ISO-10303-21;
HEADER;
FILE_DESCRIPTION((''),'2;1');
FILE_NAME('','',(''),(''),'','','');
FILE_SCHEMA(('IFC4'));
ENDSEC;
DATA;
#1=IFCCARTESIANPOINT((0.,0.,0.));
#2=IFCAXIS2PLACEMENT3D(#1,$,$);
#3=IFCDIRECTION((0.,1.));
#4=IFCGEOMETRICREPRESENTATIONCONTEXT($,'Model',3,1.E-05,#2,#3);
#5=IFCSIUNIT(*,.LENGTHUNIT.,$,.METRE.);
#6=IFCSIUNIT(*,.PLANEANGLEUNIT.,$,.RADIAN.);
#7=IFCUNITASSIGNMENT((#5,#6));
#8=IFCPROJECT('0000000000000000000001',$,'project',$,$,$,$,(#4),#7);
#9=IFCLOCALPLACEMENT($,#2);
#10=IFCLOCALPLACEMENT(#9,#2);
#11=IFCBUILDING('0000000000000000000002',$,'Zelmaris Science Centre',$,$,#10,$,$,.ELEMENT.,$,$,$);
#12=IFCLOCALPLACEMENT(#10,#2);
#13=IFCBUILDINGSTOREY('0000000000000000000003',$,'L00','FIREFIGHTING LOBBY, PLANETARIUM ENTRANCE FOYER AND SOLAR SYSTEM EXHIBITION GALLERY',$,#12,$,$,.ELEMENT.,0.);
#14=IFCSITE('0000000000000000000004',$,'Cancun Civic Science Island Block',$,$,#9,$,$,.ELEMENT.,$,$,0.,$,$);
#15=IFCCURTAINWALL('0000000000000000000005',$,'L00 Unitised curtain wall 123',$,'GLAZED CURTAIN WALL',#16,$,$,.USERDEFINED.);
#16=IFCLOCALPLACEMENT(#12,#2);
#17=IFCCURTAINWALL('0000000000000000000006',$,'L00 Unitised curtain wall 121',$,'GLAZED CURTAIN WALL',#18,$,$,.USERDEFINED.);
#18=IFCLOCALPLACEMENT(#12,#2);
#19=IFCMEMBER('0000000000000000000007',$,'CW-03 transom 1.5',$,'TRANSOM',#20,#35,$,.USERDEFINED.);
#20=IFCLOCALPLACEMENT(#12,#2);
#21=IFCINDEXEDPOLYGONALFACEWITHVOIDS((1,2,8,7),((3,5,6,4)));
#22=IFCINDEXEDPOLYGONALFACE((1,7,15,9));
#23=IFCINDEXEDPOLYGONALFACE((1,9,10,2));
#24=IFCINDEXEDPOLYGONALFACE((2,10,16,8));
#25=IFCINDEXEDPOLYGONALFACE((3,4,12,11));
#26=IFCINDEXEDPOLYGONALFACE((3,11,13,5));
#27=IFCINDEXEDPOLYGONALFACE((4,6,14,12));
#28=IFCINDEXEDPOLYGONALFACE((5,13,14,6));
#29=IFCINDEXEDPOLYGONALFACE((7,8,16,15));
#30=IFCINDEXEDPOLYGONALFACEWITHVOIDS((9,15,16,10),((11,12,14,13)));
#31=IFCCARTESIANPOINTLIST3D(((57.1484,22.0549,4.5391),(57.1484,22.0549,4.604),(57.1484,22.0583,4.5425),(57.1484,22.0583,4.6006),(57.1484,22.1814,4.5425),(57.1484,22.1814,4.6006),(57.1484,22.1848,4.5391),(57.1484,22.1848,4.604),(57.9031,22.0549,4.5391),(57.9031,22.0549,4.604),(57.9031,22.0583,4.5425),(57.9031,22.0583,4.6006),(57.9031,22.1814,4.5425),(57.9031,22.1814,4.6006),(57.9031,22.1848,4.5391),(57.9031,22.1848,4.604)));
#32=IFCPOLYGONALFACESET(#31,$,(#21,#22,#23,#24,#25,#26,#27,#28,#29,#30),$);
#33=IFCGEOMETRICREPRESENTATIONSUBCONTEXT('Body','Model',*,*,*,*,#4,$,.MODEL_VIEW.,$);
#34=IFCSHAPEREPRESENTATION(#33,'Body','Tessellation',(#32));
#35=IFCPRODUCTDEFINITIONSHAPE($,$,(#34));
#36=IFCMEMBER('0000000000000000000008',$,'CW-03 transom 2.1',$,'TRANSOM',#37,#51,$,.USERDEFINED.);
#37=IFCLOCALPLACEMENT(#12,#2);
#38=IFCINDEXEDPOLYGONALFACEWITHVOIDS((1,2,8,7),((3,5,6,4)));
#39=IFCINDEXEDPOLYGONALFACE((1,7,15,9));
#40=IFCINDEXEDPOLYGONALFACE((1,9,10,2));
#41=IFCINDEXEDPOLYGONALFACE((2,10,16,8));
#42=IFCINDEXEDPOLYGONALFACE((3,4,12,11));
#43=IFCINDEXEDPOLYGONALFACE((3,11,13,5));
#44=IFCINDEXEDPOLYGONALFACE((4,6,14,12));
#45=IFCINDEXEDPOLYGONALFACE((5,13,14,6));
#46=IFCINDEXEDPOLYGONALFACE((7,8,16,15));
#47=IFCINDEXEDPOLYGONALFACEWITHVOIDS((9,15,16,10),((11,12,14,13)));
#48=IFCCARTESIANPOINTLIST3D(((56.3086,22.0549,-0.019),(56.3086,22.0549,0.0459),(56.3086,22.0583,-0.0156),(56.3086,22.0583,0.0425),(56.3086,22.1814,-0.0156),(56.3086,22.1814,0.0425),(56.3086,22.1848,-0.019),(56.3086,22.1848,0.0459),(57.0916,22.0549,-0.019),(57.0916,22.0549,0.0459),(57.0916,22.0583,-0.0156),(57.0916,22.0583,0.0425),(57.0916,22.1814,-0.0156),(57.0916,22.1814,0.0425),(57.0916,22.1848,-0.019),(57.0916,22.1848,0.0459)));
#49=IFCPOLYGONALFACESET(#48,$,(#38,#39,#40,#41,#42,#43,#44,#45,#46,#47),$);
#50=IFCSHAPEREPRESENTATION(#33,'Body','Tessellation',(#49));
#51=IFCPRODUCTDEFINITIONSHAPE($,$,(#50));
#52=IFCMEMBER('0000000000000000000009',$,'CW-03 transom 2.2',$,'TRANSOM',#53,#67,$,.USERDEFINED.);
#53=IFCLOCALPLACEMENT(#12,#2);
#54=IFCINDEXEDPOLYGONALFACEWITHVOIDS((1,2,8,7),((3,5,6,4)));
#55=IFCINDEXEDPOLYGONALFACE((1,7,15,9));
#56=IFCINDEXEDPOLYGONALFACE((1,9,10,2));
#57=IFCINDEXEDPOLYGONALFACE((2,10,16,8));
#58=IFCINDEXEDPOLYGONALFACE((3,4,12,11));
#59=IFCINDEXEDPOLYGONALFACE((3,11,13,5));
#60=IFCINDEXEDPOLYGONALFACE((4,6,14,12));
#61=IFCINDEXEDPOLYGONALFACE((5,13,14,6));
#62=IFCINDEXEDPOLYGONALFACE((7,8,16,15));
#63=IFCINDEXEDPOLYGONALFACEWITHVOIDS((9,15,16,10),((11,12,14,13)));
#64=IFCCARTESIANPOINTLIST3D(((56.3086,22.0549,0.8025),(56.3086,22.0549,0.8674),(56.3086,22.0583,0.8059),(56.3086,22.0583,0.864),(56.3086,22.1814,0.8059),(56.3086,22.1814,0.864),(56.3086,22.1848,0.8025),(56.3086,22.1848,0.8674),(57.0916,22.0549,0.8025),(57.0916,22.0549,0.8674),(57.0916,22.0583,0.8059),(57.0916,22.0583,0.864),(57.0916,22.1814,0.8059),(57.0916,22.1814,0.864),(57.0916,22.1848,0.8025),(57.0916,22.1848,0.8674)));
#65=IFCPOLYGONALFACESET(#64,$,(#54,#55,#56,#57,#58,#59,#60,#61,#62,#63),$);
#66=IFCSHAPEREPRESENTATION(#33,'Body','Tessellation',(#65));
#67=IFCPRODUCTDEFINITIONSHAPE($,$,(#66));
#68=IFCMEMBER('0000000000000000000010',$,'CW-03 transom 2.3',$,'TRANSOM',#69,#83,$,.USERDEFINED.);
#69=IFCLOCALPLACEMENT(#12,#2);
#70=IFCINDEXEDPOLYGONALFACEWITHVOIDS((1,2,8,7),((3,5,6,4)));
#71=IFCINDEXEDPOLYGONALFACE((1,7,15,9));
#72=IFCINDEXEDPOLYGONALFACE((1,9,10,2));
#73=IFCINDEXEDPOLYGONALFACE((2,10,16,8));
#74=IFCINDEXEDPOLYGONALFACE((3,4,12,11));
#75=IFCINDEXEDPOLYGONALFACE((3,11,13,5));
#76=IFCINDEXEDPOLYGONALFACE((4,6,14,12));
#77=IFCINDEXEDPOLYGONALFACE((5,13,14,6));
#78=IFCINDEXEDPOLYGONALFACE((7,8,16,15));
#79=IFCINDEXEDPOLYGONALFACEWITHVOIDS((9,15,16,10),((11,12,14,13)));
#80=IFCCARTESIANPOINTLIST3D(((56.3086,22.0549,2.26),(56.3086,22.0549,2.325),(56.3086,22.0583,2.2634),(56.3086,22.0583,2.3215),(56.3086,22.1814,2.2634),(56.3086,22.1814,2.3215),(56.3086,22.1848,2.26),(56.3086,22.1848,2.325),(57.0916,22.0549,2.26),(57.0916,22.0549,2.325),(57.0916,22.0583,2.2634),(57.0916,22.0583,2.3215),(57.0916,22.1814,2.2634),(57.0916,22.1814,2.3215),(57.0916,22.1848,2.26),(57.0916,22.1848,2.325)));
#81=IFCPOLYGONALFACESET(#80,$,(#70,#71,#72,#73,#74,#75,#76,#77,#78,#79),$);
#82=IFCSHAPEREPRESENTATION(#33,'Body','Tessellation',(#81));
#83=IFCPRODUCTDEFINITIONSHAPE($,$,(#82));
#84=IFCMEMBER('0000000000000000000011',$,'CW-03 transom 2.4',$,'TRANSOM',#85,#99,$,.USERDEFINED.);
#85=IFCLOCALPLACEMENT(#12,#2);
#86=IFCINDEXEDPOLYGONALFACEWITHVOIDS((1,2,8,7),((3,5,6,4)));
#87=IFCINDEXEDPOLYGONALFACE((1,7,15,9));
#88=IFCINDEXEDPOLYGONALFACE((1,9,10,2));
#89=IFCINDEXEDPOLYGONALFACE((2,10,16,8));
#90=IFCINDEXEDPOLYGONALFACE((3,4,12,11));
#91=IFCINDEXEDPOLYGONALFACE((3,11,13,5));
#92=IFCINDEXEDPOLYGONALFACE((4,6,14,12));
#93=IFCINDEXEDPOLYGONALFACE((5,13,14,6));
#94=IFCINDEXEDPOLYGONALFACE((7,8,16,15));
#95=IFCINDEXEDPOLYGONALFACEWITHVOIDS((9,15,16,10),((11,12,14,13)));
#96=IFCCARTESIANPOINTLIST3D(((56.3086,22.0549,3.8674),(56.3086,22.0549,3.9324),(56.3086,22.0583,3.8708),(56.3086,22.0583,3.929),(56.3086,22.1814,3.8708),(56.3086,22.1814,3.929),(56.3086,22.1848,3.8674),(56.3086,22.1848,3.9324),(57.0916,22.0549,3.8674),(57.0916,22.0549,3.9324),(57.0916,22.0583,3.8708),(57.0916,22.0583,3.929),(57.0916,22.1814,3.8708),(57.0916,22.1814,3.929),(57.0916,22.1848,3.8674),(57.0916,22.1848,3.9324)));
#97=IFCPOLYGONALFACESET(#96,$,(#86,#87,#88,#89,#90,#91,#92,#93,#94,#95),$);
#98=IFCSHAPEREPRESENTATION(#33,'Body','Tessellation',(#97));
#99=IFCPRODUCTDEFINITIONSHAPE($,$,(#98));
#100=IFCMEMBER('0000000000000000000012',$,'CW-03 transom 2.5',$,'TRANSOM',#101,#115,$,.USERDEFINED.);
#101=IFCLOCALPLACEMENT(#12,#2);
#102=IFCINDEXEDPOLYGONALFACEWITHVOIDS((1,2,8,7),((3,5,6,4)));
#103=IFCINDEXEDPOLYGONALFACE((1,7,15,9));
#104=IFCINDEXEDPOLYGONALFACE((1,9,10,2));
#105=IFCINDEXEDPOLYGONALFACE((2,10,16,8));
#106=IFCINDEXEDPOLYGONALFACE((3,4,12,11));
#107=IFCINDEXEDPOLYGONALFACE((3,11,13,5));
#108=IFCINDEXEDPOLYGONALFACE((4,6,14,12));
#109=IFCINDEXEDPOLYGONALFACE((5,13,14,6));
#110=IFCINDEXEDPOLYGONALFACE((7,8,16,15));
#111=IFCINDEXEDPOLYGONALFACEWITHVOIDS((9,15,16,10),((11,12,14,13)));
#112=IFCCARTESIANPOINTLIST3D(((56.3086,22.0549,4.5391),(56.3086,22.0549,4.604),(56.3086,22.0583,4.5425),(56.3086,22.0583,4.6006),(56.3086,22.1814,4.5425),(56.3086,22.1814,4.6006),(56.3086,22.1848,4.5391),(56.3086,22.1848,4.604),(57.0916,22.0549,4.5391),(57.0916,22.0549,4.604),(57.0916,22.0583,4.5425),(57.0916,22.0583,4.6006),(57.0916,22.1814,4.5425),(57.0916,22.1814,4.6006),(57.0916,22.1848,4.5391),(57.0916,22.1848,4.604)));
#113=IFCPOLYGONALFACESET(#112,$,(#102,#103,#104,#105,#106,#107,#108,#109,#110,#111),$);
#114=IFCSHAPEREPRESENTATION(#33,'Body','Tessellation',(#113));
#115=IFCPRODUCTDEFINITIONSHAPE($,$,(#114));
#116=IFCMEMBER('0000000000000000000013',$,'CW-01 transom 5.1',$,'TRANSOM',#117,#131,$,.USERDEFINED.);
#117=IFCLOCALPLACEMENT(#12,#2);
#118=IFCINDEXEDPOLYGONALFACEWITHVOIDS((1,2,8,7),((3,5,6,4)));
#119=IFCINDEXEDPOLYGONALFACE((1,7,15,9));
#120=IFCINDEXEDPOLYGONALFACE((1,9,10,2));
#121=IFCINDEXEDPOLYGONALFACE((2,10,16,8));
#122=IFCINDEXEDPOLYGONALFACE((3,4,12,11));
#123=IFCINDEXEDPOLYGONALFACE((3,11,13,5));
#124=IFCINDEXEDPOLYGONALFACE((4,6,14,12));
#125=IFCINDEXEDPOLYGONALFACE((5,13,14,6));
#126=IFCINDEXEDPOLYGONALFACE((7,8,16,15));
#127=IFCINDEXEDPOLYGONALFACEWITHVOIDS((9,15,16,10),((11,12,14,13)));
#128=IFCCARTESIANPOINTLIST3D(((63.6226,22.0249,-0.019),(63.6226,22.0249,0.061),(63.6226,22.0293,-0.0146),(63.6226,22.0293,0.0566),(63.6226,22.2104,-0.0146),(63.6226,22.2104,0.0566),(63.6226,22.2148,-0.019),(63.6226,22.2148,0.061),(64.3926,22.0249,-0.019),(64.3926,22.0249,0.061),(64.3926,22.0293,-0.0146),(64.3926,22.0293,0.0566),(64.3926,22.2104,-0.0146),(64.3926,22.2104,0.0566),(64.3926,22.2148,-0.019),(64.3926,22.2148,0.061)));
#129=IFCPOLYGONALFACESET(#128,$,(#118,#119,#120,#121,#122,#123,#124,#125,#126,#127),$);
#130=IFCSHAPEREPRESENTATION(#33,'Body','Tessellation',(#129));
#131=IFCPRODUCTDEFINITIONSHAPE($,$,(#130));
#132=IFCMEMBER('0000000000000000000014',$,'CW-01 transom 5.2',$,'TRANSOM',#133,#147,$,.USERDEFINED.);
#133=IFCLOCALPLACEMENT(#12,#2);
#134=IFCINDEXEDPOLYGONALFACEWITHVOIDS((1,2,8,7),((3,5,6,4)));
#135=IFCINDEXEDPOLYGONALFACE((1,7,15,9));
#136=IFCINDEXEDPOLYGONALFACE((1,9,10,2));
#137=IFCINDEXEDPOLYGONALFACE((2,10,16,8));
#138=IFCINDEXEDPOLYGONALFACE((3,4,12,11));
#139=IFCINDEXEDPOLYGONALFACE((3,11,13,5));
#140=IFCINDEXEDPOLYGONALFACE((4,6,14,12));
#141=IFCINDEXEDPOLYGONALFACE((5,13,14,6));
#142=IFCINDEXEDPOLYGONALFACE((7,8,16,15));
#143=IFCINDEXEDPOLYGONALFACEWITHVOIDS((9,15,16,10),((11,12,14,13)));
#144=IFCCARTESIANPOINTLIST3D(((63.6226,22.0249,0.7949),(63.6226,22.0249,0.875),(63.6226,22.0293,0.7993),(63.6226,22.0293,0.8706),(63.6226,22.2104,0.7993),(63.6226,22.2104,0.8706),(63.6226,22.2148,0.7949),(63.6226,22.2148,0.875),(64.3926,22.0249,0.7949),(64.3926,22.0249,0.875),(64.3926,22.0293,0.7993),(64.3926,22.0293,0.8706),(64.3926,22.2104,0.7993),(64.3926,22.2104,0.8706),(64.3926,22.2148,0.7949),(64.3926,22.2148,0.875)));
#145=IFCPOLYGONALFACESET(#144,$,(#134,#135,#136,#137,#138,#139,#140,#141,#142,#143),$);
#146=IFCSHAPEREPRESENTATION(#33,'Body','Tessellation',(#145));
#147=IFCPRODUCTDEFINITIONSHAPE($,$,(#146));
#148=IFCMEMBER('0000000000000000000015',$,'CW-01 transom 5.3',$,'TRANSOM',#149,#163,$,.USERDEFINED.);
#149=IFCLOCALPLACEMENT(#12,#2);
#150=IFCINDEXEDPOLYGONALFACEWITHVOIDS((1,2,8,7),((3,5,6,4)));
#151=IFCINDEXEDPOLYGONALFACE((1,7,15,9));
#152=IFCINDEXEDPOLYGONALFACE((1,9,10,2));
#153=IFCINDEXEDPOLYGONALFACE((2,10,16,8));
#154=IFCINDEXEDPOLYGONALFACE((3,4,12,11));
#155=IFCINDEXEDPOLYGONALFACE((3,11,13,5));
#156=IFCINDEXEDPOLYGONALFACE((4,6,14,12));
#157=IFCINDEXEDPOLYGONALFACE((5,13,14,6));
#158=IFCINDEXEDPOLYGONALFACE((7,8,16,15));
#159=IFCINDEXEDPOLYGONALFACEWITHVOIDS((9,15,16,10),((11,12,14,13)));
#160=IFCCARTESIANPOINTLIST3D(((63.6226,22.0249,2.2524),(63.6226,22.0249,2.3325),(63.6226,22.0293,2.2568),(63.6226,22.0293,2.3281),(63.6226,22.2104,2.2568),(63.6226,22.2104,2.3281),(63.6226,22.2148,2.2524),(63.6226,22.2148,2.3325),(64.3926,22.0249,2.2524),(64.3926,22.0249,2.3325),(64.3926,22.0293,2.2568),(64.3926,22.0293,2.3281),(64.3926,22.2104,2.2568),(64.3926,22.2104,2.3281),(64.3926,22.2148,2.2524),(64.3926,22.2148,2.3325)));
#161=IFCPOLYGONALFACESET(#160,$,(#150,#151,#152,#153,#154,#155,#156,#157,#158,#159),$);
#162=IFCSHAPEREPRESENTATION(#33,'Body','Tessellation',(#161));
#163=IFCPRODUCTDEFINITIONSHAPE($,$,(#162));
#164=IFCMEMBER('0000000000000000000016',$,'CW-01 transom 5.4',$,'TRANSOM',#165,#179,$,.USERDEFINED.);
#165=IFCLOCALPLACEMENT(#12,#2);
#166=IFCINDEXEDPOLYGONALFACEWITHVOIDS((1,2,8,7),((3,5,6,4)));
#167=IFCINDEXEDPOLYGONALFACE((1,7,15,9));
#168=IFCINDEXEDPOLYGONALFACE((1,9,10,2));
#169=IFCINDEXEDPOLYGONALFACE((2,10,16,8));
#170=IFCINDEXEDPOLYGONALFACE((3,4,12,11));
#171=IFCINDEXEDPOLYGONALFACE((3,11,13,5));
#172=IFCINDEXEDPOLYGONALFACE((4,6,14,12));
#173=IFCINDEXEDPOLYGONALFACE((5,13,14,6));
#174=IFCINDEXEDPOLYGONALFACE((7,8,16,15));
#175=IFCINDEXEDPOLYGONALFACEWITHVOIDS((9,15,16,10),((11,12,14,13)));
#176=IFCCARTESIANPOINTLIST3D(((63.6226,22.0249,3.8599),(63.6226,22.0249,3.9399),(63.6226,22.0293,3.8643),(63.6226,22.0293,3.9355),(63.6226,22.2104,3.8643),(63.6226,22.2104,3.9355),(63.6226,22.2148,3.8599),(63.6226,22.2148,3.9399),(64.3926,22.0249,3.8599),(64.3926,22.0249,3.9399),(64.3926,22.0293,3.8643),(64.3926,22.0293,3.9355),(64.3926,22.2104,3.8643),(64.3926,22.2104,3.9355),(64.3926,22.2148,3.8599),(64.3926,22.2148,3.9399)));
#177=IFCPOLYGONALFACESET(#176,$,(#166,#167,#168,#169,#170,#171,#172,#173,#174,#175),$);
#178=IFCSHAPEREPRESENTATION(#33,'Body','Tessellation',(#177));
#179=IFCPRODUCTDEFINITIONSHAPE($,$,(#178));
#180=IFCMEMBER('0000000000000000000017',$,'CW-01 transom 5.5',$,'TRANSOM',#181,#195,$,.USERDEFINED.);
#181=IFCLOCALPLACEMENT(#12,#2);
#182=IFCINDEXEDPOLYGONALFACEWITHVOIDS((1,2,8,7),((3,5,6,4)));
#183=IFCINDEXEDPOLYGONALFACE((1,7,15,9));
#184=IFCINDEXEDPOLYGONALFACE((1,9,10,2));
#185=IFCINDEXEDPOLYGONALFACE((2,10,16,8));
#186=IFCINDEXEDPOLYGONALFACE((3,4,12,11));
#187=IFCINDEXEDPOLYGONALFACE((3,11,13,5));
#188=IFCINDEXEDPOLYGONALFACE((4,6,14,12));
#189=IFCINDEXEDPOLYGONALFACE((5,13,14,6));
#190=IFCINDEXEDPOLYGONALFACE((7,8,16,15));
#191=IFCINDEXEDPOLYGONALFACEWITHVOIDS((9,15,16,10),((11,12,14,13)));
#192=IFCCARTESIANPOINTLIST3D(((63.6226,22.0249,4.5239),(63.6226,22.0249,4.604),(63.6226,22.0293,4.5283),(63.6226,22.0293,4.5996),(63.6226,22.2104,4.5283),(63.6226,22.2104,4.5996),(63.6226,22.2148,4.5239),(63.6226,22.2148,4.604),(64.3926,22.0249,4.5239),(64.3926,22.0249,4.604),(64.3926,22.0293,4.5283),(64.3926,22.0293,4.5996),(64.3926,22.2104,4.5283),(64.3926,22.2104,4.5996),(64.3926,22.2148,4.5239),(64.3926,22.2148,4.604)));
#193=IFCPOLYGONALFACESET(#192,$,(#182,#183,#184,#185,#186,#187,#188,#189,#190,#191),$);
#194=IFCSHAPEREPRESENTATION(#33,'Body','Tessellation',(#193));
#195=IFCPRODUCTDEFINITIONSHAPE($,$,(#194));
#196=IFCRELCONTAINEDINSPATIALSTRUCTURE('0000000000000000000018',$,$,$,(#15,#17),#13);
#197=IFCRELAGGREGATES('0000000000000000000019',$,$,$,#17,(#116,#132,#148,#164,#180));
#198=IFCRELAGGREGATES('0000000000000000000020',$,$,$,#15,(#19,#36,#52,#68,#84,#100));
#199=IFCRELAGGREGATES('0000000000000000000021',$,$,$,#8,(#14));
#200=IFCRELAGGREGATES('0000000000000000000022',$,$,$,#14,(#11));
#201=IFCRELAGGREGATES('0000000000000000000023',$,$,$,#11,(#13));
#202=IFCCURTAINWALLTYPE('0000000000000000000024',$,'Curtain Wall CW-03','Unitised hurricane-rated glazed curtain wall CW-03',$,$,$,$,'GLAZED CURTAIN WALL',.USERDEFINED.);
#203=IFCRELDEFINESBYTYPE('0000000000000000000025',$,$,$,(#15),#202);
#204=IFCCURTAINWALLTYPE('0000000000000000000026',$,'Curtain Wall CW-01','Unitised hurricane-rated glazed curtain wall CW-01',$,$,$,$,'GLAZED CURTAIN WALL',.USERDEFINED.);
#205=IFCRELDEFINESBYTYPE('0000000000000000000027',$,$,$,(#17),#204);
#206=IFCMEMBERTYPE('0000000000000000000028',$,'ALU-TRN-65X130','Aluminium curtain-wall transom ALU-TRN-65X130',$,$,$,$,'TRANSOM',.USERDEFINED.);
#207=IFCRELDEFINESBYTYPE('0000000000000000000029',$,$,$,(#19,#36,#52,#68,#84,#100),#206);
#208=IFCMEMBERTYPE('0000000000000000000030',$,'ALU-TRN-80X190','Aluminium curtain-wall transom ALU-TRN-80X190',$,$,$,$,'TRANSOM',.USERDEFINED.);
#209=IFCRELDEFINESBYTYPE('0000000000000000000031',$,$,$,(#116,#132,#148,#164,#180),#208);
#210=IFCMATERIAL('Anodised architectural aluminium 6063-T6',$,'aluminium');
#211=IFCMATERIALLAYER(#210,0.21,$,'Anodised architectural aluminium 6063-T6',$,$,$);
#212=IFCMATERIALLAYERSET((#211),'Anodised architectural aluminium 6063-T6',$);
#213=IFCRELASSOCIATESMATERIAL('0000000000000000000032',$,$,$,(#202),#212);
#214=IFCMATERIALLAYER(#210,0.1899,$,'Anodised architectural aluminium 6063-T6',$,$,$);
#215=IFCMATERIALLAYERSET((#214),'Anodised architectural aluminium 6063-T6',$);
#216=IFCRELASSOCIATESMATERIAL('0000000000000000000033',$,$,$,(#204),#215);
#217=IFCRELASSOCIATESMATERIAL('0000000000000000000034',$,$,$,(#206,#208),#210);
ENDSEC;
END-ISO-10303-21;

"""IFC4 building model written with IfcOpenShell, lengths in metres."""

from ifc_helpers import new_model, si_unit, direction, frame, origin, origin_2d, place, context, subcontext, project, spatial, hollow_rectangle, extrude, material, layer, layer_set, material_profile, profile_set, type_object, element, aggregate, save


model = new_model("IFC4")

# Units and contexts
model_context = context("Model", 3, precision=1e-05, world=origin(), true_north=direction((0.0, 1.0)))
body_context = subcontext(model_context, "Body", "Model", "MODEL_VIEW")
ifc_project = project(units=[si_unit("LENGTHUNIT", "METRE"), si_unit("PLANEANGLEUNIT", "RADIAN")], contexts=[model_context])

# Site, building, storey
site_placement = place(None, origin())
site = spatial("IfcSite", under=ifc_project, at=site_placement, Name="Cancun Civic Science Island Block", CompositionType="ELEMENT", RefElevation=0.0)
building_placement = place(site_placement, origin())
building = spatial("IfcBuilding", under=site, at=building_placement, Name="Zelmaris Science Centre", CompositionType="ELEMENT")
storey_placement = place(building_placement, origin())
storey = spatial("IfcBuildingStorey", under=building, at=storey_placement, Name="L00", Description="FIREFIGHTING LOBBY, PLANETARIUM ENTRANCE FOYER AND SOLAR SYSTEM EXHIBITION GALLERY", CompositionType="ELEMENT", Elevation=0.0)

# Curtain walls
ifc_material_1 = material(Name="Anodised architectural aluminium 6063-T6", Category="aluminium")
ifc_layer_1 = layer(ifc_material_1, 0.21, Name="Anodised architectural aluminium 6063-T6")
ifc_layer_set_1 = layer_set([ifc_layer_1], Name="Anodised architectural aluminium 6063-T6")
curtain_wall_type_1 = type_object("IfcCurtainWallType", Name="Curtain Wall CW-03", Description="Unitised hurricane-rated glazed curtain wall CW-03", ElementType="GLAZED CURTAIN WALL", PredefinedType="USERDEFINED", material=ifc_layer_set_1)
curtain_wall_1_placement = place(storey_placement, origin())
curtain_wall_1 = element("IfcCurtainWall", 1, at=curtain_wall_1_placement, inside=storey, type_object=curtain_wall_type_1, Name="L00 Unitised curtain wall 123", ObjectType="GLAZED CURTAIN WALL", PredefinedType="USERDEFINED")
ifc_layer_2 = layer(ifc_material_1, 0.1899, Name="Anodised architectural aluminium 6063-T6")
ifc_layer_set_2 = layer_set([ifc_layer_2], Name="Anodised architectural aluminium 6063-T6")
curtain_wall_type_2 = type_object("IfcCurtainWallType", Name="Curtain Wall CW-01", Description="Unitised hurricane-rated glazed curtain wall CW-01", ElementType="GLAZED CURTAIN WALL", PredefinedType="USERDEFINED", material=ifc_layer_set_2)
curtain_wall_2_placement = place(storey_placement, origin())
curtain_wall_2 = element("IfcCurtainWall", 2, at=curtain_wall_2_placement, inside=storey, type_object=curtain_wall_type_2, Name="L00 Unitised curtain wall 121", ObjectType="GLAZED CURTAIN WALL", PredefinedType="USERDEFINED")

# Members
ifc_material_profile_1 = material_profile(ifc_material_1, hollow_rectangle(XDim=0.0649, YDim=0.1299, WallThickness=0.0034, at=origin_2d()), Name="ALU-TRN-65X130")
ifc_profile_set_1 = profile_set([ifc_material_profile_1], Name="Anodised architectural aluminium 6063-T6")
member_type_1 = type_object("IfcMemberType", Name="ALU-TRN-65X130", Description="Aluminium curtain-wall transom ALU-TRN-65X130", ElementType="TRANSOM", PredefinedType="USERDEFINED", material=ifc_profile_set_1)
member_1_placement = place(storey_placement, frame((57.9031, 22.1199, 4.5715), z_axis=(-1.0, 0.0, 0.0), x_axis=(0.0, 0.0, 1.0)))
member_1 = element("IfcMember", 3, at=member_1_placement, type_object=member_type_1, Name="CW-03 transom 1.5", ObjectType="TRANSOM", PredefinedType="USERDEFINED", context=body_context, shape_type="SweptSolid", body=[
    extrude(hollow_rectangle(XDim=0.0649, YDim=0.1299, WallThickness=0.0034, at=origin_2d()), origin(), (0.0, 0.0, 1.0), 0.7546),
])
member_2_placement = place(storey_placement, frame((57.0916, 22.1199, 0.0134), z_axis=(-1.0, 0.0, 0.0), x_axis=(0.0, 0.0, 1.0)))
member_2 = element("IfcMember", 4, at=member_2_placement, type_object=member_type_1, Name="CW-03 transom 2.1", ObjectType="TRANSOM", PredefinedType="USERDEFINED", context=body_context, shape_type="SweptSolid", body=[
    extrude(hollow_rectangle(XDim=0.0649, YDim=0.1299, WallThickness=0.0034, at=origin_2d()), origin(), (0.0, 0.0, 1.0), 0.783),
])
member_3_placement = place(storey_placement, frame((57.0916, 22.1199, 0.835), z_axis=(-1.0, 0.0, 0.0), x_axis=(0.0, 0.0, 1.0)))
member_3 = element("IfcMember", 5, at=member_3_placement, type_object=member_type_1, Name="CW-03 transom 2.2", ObjectType="TRANSOM", PredefinedType="USERDEFINED", context=body_context, shape_type="SweptSolid", body=[
    extrude(hollow_rectangle(XDim=0.0649, YDim=0.1299, WallThickness=0.0034, at=origin_2d()), origin(), (0.0, 0.0, 1.0), 0.783),
])
member_4_placement = place(storey_placement, frame((57.0916, 22.1199, 2.2925), z_axis=(-1.0, 0.0, 0.0), x_axis=(0.0, 0.0, 1.0)))
member_4 = element("IfcMember", 6, at=member_4_placement, type_object=member_type_1, Name="CW-03 transom 2.3", ObjectType="TRANSOM", PredefinedType="USERDEFINED", context=body_context, shape_type="SweptSolid", body=[
    extrude(hollow_rectangle(XDim=0.0649, YDim=0.1299, WallThickness=0.0034, at=origin_2d()), origin(), (0.0, 0.0, 1.0), 0.783),
])
member_5_placement = place(storey_placement, frame((57.0916, 22.1199, 3.8999), z_axis=(-1.0, 0.0, 0.0), x_axis=(0.0, 0.0, 1.0)))
member_5 = element("IfcMember", 7, at=member_5_placement, type_object=member_type_1, Name="CW-03 transom 2.4", ObjectType="TRANSOM", PredefinedType="USERDEFINED", context=body_context, shape_type="SweptSolid", body=[
    extrude(hollow_rectangle(XDim=0.0649, YDim=0.1299, WallThickness=0.0034, at=origin_2d()), origin(), (0.0, 0.0, 1.0), 0.783),
])
member_6_placement = place(storey_placement, frame((57.0916, 22.1199, 4.5715), z_axis=(-1.0, 0.0, 0.0), x_axis=(0.0, 0.0, 1.0)))
member_6 = element("IfcMember", 8, at=member_6_placement, type_object=member_type_1, Name="CW-03 transom 2.5", ObjectType="TRANSOM", PredefinedType="USERDEFINED", context=body_context, shape_type="SweptSolid", body=[
    extrude(hollow_rectangle(XDim=0.0649, YDim=0.1299, WallThickness=0.0034, at=origin_2d()), origin(), (0.0, 0.0, 1.0), 0.783),
])
ifc_material_profile_2 = material_profile(ifc_material_1, hollow_rectangle(XDim=0.0801, YDim=0.1899, WallThickness=0.0044, at=origin_2d()), Name="ALU-TRN-80X190")
ifc_profile_set_2 = profile_set([ifc_material_profile_2], Name="Anodised architectural aluminium 6063-T6")
member_type_2 = type_object("IfcMemberType", Name="ALU-TRN-80X190", Description="Aluminium curtain-wall transom ALU-TRN-80X190", ElementType="TRANSOM", PredefinedType="USERDEFINED", material=ifc_profile_set_2)
member_7_placement = place(storey_placement, frame((64.3926, 22.1199, 0.021), z_axis=(-1.0, 0.0, 0.0), x_axis=(0.0, 0.0, 1.0)))
member_7 = element("IfcMember", 9, at=member_7_placement, type_object=member_type_2, Name="CW-01 transom 5.1", ObjectType="TRANSOM", PredefinedType="USERDEFINED", context=body_context, shape_type="SweptSolid", body=[
    extrude(hollow_rectangle(XDim=0.0801, YDim=0.1899, WallThickness=0.0044, at=origin_2d()), origin(), (0.0, 0.0, 1.0), 0.77),
])
member_8_placement = place(storey_placement, frame((64.3926, 22.1199, 0.835), z_axis=(-1.0, 0.0, 0.0), x_axis=(0.0, 0.0, 1.0)))
member_8 = element("IfcMember", 10, at=member_8_placement, type_object=member_type_2, Name="CW-01 transom 5.2", ObjectType="TRANSOM", PredefinedType="USERDEFINED", context=body_context, shape_type="SweptSolid", body=[
    extrude(hollow_rectangle(XDim=0.0801, YDim=0.1899, WallThickness=0.0044, at=origin_2d()), origin(), (0.0, 0.0, 1.0), 0.77),
])
member_9_placement = place(storey_placement, frame((64.3926, 22.1199, 2.2925), z_axis=(-1.0, 0.0, 0.0), x_axis=(0.0, 0.0, 1.0)))
member_9 = element("IfcMember", 11, at=member_9_placement, type_object=member_type_2, Name="CW-01 transom 5.3", ObjectType="TRANSOM", PredefinedType="USERDEFINED", context=body_context, shape_type="SweptSolid", body=[
    extrude(hollow_rectangle(XDim=0.0801, YDim=0.1899, WallThickness=0.0044, at=origin_2d()), origin(), (0.0, 0.0, 1.0), 0.77),
])
member_10_placement = place(storey_placement, frame((64.3926, 22.1199, 3.8999), z_axis=(-1.0, 0.0, 0.0), x_axis=(0.0, 0.0, 1.0)))
member_10 = element("IfcMember", 12, at=member_10_placement, type_object=member_type_2, Name="CW-01 transom 5.4", ObjectType="TRANSOM", PredefinedType="USERDEFINED", context=body_context, shape_type="SweptSolid", body=[
    extrude(hollow_rectangle(XDim=0.0801, YDim=0.1899, WallThickness=0.0044, at=origin_2d()), origin(), (0.0, 0.0, 1.0), 0.77),
])
member_11_placement = place(storey_placement, frame((64.3926, 22.1199, 4.564), z_axis=(-1.0, 0.0, 0.0), x_axis=(0.0, 0.0, 1.0)))
member_11 = element("IfcMember", 13, at=member_11_placement, type_object=member_type_2, Name="CW-01 transom 5.5", ObjectType="TRANSOM", PredefinedType="USERDEFINED", context=body_context, shape_type="SweptSolid", body=[
    extrude(hollow_rectangle(XDim=0.0801, YDim=0.1899, WallThickness=0.0044, at=origin_2d()), origin(), (0.0, 0.0, 1.0), 0.77),
])

aggregate(curtain_wall_2, [member_7, member_8, member_9, member_10, member_11])
aggregate(curtain_wall_1, [member_1, member_2, member_3, member_4, member_5, member_6])

save(model, "model.ifc")
